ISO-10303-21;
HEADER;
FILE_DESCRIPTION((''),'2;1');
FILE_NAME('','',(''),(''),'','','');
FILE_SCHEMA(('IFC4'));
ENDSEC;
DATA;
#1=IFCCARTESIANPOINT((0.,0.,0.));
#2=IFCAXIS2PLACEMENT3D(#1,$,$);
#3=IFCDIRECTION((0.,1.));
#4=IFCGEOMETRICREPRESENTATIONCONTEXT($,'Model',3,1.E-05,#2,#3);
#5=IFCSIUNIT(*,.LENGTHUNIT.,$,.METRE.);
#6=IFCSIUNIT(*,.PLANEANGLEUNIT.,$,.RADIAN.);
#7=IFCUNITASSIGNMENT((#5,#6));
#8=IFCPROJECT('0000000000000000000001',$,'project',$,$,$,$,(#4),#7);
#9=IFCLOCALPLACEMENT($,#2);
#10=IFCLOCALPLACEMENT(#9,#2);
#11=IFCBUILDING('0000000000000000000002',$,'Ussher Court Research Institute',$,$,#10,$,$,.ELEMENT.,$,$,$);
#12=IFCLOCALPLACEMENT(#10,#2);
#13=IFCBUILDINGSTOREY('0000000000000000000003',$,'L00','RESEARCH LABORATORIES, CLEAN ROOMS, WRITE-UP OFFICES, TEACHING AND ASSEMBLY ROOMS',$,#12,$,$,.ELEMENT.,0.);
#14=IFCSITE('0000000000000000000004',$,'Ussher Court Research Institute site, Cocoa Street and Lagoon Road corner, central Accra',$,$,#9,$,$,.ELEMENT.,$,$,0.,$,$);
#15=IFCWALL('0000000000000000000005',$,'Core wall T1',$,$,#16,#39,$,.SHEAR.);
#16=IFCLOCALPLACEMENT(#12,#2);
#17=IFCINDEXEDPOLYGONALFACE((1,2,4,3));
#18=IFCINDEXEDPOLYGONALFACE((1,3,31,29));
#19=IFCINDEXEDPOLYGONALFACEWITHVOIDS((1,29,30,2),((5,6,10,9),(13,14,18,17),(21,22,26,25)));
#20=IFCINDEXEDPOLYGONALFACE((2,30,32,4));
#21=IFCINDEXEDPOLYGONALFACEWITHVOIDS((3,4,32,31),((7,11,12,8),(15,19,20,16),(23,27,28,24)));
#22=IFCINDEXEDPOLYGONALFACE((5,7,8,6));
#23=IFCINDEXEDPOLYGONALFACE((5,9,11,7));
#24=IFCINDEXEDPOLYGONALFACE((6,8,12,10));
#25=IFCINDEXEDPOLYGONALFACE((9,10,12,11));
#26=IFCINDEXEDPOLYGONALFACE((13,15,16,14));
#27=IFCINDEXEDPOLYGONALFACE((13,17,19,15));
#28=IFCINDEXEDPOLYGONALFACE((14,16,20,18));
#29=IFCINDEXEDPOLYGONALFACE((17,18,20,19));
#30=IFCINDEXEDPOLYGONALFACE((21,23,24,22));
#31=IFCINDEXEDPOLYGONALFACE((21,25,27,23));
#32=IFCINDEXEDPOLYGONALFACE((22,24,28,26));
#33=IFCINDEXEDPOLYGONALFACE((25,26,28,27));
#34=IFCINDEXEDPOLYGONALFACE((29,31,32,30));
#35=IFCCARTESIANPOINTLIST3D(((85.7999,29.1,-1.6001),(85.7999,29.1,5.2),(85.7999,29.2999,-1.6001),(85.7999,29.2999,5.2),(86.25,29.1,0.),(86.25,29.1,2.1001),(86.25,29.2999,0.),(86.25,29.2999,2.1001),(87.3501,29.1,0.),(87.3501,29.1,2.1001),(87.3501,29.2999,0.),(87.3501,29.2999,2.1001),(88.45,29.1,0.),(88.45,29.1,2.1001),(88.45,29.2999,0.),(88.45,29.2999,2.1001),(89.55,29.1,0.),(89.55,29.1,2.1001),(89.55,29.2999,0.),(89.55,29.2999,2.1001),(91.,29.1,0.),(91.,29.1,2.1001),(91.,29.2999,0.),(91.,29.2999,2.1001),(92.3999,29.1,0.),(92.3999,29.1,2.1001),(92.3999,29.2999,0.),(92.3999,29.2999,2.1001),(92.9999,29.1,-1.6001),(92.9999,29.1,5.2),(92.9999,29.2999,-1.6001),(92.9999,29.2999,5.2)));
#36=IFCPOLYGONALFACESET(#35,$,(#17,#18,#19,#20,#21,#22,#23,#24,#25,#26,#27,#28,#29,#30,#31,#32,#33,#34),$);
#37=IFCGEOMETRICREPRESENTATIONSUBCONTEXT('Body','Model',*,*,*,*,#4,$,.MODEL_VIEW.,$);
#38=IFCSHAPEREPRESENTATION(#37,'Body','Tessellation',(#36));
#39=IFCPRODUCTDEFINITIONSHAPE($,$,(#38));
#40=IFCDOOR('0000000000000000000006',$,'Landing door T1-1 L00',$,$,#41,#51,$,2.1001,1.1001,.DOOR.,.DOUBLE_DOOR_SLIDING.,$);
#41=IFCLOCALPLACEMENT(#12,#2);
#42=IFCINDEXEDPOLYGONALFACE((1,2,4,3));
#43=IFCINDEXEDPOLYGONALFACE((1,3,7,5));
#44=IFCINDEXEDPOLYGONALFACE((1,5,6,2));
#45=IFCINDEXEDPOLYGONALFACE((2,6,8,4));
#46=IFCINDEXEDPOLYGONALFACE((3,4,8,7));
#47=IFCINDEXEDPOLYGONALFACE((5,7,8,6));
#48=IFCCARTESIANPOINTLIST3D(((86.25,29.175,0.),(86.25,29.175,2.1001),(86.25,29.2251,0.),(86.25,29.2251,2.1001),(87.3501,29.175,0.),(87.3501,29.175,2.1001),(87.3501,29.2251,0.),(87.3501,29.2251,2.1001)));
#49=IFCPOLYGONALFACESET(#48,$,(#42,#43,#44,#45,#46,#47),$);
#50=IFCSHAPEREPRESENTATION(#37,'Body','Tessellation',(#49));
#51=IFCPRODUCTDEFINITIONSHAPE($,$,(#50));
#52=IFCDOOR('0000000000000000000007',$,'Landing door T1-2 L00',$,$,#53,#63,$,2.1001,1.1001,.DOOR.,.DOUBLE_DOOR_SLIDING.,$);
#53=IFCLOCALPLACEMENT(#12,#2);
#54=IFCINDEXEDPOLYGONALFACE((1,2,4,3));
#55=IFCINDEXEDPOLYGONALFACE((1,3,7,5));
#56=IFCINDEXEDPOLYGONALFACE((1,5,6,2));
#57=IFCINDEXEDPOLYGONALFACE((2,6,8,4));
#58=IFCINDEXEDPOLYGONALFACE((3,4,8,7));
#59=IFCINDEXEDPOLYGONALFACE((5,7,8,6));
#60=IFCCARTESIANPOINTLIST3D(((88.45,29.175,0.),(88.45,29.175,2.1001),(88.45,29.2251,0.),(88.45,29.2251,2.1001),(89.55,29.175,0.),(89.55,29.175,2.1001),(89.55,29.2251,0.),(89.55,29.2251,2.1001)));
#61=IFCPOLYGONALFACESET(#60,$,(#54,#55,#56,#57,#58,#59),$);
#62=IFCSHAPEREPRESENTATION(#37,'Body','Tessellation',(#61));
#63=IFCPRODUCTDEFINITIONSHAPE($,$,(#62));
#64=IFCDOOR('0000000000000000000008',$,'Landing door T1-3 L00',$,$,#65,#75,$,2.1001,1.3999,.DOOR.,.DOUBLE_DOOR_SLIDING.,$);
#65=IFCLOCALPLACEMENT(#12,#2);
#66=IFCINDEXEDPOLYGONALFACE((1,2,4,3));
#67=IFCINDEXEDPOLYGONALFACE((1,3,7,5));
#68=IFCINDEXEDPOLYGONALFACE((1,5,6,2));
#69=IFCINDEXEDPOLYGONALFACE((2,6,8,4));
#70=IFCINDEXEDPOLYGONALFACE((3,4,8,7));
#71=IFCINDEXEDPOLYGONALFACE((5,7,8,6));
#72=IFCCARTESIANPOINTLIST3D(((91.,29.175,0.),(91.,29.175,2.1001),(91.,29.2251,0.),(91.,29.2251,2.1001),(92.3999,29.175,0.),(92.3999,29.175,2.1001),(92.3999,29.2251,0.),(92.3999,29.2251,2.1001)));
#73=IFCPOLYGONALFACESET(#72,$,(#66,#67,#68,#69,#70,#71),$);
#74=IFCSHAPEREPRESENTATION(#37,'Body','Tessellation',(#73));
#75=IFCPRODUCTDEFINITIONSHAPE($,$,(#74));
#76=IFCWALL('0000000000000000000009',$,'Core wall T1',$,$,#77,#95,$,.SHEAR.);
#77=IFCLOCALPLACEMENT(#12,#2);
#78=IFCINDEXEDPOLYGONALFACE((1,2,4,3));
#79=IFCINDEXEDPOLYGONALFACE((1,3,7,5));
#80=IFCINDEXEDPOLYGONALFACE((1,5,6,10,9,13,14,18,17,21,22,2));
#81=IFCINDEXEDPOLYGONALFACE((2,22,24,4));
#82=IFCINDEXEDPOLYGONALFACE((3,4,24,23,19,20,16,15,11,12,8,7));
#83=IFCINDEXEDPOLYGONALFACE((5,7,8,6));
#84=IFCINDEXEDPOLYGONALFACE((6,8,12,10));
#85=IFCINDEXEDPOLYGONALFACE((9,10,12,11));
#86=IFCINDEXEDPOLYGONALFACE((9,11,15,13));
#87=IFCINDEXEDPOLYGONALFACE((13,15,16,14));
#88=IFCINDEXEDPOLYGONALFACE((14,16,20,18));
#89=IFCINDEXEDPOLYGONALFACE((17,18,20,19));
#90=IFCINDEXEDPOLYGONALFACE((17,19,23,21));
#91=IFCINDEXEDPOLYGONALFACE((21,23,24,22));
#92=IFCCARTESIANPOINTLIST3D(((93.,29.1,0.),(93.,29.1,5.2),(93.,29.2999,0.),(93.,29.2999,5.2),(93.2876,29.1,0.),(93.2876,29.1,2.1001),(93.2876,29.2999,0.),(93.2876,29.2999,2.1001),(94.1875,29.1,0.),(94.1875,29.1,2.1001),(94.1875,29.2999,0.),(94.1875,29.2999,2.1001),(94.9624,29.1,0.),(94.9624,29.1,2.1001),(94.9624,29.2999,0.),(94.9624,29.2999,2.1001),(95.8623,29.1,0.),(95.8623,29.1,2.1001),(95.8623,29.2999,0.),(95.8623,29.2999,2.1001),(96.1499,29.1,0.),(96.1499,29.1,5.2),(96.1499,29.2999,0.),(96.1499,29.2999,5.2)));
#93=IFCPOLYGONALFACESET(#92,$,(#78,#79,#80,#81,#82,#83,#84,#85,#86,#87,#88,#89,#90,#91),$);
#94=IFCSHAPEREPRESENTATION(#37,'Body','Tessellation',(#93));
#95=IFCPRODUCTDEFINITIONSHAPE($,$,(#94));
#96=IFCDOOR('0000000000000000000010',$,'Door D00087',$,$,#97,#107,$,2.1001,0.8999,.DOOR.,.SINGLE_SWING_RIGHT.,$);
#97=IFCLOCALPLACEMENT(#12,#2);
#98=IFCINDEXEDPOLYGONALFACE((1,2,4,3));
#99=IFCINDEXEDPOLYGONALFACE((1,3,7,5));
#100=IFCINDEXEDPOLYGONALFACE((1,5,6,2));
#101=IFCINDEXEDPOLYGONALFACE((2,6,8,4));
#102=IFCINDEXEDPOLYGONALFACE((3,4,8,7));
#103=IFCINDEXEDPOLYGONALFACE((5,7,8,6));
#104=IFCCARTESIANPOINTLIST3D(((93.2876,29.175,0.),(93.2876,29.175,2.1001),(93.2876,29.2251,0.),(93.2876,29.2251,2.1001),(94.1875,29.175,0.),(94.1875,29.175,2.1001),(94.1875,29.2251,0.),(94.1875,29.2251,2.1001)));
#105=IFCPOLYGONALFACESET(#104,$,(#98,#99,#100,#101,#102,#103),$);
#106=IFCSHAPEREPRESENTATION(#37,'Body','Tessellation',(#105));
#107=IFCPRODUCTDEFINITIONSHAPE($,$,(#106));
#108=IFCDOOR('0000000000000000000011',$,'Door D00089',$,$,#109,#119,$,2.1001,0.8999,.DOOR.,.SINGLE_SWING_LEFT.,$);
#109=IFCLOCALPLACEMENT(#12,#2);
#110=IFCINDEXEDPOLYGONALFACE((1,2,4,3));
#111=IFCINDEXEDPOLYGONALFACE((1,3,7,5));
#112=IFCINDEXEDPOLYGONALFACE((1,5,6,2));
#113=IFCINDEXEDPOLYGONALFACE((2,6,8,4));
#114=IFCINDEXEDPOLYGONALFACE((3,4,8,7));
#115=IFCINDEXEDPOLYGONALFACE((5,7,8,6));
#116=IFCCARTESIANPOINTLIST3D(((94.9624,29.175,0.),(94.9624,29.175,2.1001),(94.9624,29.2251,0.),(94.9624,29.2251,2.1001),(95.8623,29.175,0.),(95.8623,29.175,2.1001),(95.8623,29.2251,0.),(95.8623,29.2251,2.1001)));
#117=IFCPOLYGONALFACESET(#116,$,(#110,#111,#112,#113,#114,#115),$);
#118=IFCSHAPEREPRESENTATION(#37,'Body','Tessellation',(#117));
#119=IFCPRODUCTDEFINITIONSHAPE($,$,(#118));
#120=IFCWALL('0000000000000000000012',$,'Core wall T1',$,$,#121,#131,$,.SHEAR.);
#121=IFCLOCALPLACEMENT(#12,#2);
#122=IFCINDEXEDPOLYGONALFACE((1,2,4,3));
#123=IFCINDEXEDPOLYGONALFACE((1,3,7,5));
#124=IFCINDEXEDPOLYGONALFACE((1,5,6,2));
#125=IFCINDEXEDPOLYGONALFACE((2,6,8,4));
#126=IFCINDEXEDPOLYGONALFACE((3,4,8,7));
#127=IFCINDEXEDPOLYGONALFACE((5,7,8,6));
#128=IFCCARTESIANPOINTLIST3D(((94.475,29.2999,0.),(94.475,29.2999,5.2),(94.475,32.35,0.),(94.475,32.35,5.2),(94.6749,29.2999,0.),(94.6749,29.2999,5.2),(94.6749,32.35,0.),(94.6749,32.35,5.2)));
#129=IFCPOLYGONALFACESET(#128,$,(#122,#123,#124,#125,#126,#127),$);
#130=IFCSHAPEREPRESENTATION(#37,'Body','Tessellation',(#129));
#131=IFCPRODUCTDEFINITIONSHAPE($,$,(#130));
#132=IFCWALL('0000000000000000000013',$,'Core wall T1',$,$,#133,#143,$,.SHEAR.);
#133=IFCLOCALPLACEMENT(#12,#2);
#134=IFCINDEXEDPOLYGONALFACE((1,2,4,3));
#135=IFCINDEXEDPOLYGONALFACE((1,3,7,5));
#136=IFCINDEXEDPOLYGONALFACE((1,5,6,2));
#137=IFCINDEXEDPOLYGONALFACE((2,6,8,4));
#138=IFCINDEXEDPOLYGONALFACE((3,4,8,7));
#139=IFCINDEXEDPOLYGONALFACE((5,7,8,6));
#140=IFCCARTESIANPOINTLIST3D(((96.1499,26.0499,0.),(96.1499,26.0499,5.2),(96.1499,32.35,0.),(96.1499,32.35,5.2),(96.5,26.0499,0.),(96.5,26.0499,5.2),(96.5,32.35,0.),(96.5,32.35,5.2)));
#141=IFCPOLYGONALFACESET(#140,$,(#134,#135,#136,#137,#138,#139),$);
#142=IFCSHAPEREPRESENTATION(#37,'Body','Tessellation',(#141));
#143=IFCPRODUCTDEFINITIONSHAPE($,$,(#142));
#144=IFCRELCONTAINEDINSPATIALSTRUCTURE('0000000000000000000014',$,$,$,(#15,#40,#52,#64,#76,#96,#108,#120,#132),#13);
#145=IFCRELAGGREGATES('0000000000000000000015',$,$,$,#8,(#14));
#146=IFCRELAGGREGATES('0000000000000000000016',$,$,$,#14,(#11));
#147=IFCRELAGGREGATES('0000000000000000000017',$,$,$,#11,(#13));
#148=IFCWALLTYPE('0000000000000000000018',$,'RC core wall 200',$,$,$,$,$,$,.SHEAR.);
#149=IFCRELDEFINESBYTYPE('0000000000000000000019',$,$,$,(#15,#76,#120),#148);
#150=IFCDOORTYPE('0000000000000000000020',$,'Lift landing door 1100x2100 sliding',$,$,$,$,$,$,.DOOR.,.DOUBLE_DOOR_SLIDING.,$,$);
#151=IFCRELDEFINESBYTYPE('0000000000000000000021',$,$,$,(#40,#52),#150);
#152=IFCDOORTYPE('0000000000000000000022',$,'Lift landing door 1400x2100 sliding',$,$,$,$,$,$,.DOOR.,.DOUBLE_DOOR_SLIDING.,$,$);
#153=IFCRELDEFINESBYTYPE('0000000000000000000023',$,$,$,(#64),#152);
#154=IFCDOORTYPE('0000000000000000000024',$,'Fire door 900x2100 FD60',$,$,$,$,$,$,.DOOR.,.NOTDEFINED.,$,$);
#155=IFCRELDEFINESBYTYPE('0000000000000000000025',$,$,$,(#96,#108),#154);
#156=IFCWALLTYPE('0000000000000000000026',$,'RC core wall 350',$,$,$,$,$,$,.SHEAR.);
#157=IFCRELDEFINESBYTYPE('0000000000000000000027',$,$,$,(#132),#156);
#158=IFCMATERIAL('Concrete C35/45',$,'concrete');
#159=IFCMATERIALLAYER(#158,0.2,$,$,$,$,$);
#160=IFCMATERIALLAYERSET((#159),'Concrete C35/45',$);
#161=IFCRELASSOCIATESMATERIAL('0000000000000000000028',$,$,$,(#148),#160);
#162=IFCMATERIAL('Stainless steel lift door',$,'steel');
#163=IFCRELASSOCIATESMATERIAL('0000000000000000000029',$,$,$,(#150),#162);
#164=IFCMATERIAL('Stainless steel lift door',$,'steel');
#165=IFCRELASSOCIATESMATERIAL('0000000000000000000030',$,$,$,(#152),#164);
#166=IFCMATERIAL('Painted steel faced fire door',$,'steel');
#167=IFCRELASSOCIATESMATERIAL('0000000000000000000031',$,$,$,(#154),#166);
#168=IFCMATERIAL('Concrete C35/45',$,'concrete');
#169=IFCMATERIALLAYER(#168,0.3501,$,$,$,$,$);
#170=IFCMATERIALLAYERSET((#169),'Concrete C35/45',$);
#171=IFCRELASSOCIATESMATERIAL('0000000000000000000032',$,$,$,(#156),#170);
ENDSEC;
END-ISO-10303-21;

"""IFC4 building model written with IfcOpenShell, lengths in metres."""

from ifc_helpers import new_model, si_unit, direction, frame, frame_2d, origin, place, context, subcontext, project, spatial, rectangle, extrude, material, layer, layer_set, type_object, element, fill, save


model = new_model("IFC4")

# Units and contexts
model_context = context("Model", 3, precision=1e-05, world=origin(), true_north=direction((0.0, 1.0)))
body_context = subcontext(model_context, "Body", "Model", "MODEL_VIEW")
ifc_project = project(units=[si_unit("LENGTHUNIT", "METRE"), si_unit("PLANEANGLEUNIT", "RADIAN")], contexts=[model_context])

# Site, building, storey
site_placement = place(None, origin())
site = spatial("IfcSite", under=ifc_project, at=site_placement, Name="Ussher Court Research Institute site, Cocoa Street and Lagoon Road corner, central Accra", CompositionType="ELEMENT", RefElevation=0.0)
building_placement = place(site_placement, origin())
building = spatial("IfcBuilding", under=site, at=building_placement, Name="Ussher Court Research Institute", CompositionType="ELEMENT")
storey_placement = place(building_placement, origin())
storey = spatial("IfcBuildingStorey", under=building, at=storey_placement, Name="L00", Description="RESEARCH LABORATORIES, CLEAN ROOMS, WRITE-UP OFFICES, TEACHING AND ASSEMBLY ROOMS", CompositionType="ELEMENT", Elevation=0.0)

# Walls, openings, doors
ifc_material_1 = material(Name="Concrete C35/45", Category="concrete")
ifc_layer_1 = layer(ifc_material_1, 0.2)
ifc_layer_set_1 = layer_set([ifc_layer_1], Name="Concrete C35/45")
wall_type_1 = type_object("IfcWallType", Name="RC core wall 200", PredefinedType="SHEAR", material=ifc_layer_set_1)
wall_1_placement = place(storey_placement, frame((93.0, 29.2, -1.6001), z_axis=(0.0, 0.0, 1.0), x_axis=(-1.0, 0.0, 0.0)))
wall_1 = element("IfcWall", 1, at=wall_1_placement, inside=storey, type_object=wall_type_1, Name="Core wall T1", PredefinedType="SHEAR", context=body_context, shape_type="SweptSolid", body=[
    extrude(rectangle(XDim=7.2, YDim=0.2, at=frame_2d((3.6001, 0.0))), origin(), (0.0, 0.0, 1.0), 6.8),
])
opening_1_placement = place(wall_1_placement, frame((5.6499, 0.0, 1.6001)))
opening_1 = element("IfcOpeningElement", 2, at=opening_1_placement, cuts=wall_1, PredefinedType="OPENING", context=body_context, shape_type="SweptSolid", body=[
    extrude(rectangle(XDim=1.1001, YDim=2.1001, at=frame_2d((0.55, 1.05))), frame((0.0, 0.1099, 0.0), z_axis=(0.0, -1.0, 0.0), x_axis=(1.0, 0.0, 0.0)), (0.0, 0.0, 1.0), 0.22),
])
opening_2_placement = place(wall_1_placement, frame((3.45, 0.0, 1.6001)))
opening_2 = element("IfcOpeningElement", 3, at=opening_2_placement, cuts=wall_1, PredefinedType="OPENING", context=body_context, shape_type="SweptSolid", body=[
    extrude(rectangle(XDim=1.1001, YDim=2.1001, at=frame_2d((0.55, 1.05))), frame((0.0, 0.1099, 0.0), z_axis=(0.0, -1.0, 0.0), x_axis=(1.0, 0.0, 0.0)), (0.0, 0.0, 1.0), 0.22),
])
opening_3_placement = place(wall_1_placement, frame((0.6001, 0.0, 1.6001)))
opening_3 = element("IfcOpeningElement", 4, at=opening_3_placement, cuts=wall_1, PredefinedType="OPENING", context=body_context, shape_type="SweptSolid", body=[
    extrude(rectangle(XDim=1.3999, YDim=2.1001, at=frame_2d((0.7, 1.05))), frame((0.0, 0.1099, 0.0), z_axis=(0.0, -1.0, 0.0), x_axis=(1.0, 0.0, 0.0)), (0.0, 0.0, 1.0), 0.22),
])
ifc_material_2 = material(Name="Stainless steel lift door", Category="steel")
door_type_1 = type_object("IfcDoorType", Name="Lift landing door 1100x2100 sliding", OperationType="DOUBLE_DOOR_SLIDING", PredefinedType="DOOR", material=ifc_material_2)
door_1_placement = place(opening_1_placement, origin())
door_1 = element("IfcDoor", 5, at=door_1_placement, inside=storey, type_object=door_type_1, Name="Landing door T1-1 L00", OperationType="DOUBLE_DOOR_SLIDING", OverallHeight=2.1001, OverallWidth=1.1001, PredefinedType="DOOR", context=body_context, shape_type="SweptSolid", body=[
    extrude(rectangle(XDim=1.1001, YDim=2.1001, at=frame_2d((0.55, 1.05))), frame((0.0, 0.0249, 0.0), z_axis=(0.0, -1.0, 0.0), x_axis=(1.0, 0.0, 0.0)), (0.0, 0.0, 1.0), 0.05),
])
fill(opening_1, door_1)
door_2_placement = place(opening_2_placement, origin())
door_2 = element("IfcDoor", 6, at=door_2_placement, inside=storey, type_object=door_type_1, Name="Landing door T1-2 L00", OperationType="DOUBLE_DOOR_SLIDING", OverallHeight=2.1001, OverallWidth=1.1001, PredefinedType="DOOR", context=body_context, shape_type="SweptSolid", body=[
    extrude(rectangle(XDim=1.1001, YDim=2.1001, at=frame_2d((0.55, 1.05))), frame((0.0, 0.0249, 0.0), z_axis=(0.0, -1.0, 0.0), x_axis=(1.0, 0.0, 0.0)), (0.0, 0.0, 1.0), 0.05),
])
fill(opening_2, door_2)
ifc_material_3 = material(Name="Stainless steel lift door", Category="steel")
door_type_2 = type_object("IfcDoorType", Name="Lift landing door 1400x2100 sliding", OperationType="DOUBLE_DOOR_SLIDING", PredefinedType="DOOR", material=ifc_material_3)
door_3_placement = place(opening_3_placement, origin())
door_3 = element("IfcDoor", 7, at=door_3_placement, inside=storey, type_object=door_type_2, Name="Landing door T1-3 L00", OperationType="DOUBLE_DOOR_SLIDING", OverallHeight=2.1001, OverallWidth=1.3999, PredefinedType="DOOR", context=body_context, shape_type="SweptSolid", body=[
    extrude(rectangle(XDim=1.3999, YDim=2.1001, at=frame_2d((0.7, 1.05))), frame((0.0, 0.0249, 0.0), z_axis=(0.0, -1.0, 0.0), x_axis=(1.0, 0.0, 0.0)), (0.0, 0.0, 1.0), 0.05),
])
fill(opening_3, door_3)
wall_2_placement = place(storey_placement, frame((96.1499, 29.2, 0.0), z_axis=(0.0, 0.0, 1.0), x_axis=(-1.0, 0.0, 0.0)))
wall_2 = element("IfcWall", 8, at=wall_2_placement, inside=storey, type_object=wall_type_1, Name="Core wall T1", PredefinedType="SHEAR", context=body_context, shape_type="SweptSolid", body=[
    extrude(rectangle(XDim=3.1499, YDim=0.2, at=frame_2d((1.575, 0.0))), origin(), (0.0, 0.0, 1.0), 5.2),
])
opening_4_placement = place(wall_2_placement, frame((1.9624, 0.0, 0.0)))
opening_4 = element("IfcOpeningElement", 9, at=opening_4_placement, cuts=wall_2, PredefinedType="OPENING", context=body_context, shape_type="SweptSolid", body=[
    extrude(rectangle(XDim=0.8999, YDim=2.1001, at=frame_2d((0.45, 1.05))), frame((0.0, 0.1099, 0.0), z_axis=(0.0, -1.0, 0.0), x_axis=(1.0, 0.0, 0.0)), (0.0, 0.0, 1.0), 0.22),
])
opening_5_placement = place(wall_2_placement, frame((0.2876, 0.0, 0.0)))
opening_5 = element("IfcOpeningElement", 10, at=opening_5_placement, cuts=wall_2, PredefinedType="OPENING", context=body_context, shape_type="SweptSolid", body=[
    extrude(rectangle(XDim=0.8999, YDim=2.1001, at=frame_2d((0.45, 1.05))), frame((0.0, 0.1099, 0.0), z_axis=(0.0, -1.0, 0.0), x_axis=(1.0, 0.0, 0.0)), (0.0, 0.0, 1.0), 0.22),
])
ifc_material_4 = material(Name="Painted steel faced fire door", Category="steel")
door_type_3 = type_object("IfcDoorType", Name="Fire door 900x2100 FD60", OperationType="NOTDEFINED", PredefinedType="DOOR", material=ifc_material_4)
door_4_placement = place(opening_4_placement, origin())
door_4 = element("IfcDoor", 11, at=door_4_placement, inside=storey, type_object=door_type_3, Name="Door D00087", OperationType="SINGLE_SWING_RIGHT", OverallHeight=2.1001, OverallWidth=0.8999, PredefinedType="DOOR", context=body_context, shape_type="SweptSolid", body=[
    extrude(rectangle(XDim=0.8999, YDim=2.1001, at=frame_2d((0.45, 1.05))), frame((0.0, 0.0249, 0.0), z_axis=(0.0, -1.0, 0.0), x_axis=(1.0, 0.0, 0.0)), (0.0, 0.0, 1.0), 0.05),
])
fill(opening_4, door_4)
door_5_placement = place(opening_5_placement, origin())
door_5 = element("IfcDoor", 12, at=door_5_placement, inside=storey, type_object=door_type_3, Name="Door D00089", OperationType="SINGLE_SWING_LEFT", OverallHeight=2.1001, OverallWidth=0.8999, PredefinedType="DOOR", context=body_context, shape_type="SweptSolid", body=[
    extrude(rectangle(XDim=0.8999, YDim=2.1001, at=frame_2d((0.45, 1.05))), frame((0.0, 0.0249, 0.0), z_axis=(0.0, -1.0, 0.0), x_axis=(1.0, 0.0, 0.0)), (0.0, 0.0, 1.0), 0.05),
])
fill(opening_5, door_5)

# Walls
wall_3_placement = place(storey_placement, frame((94.575, 29.3, 0.0), z_axis=(0.0, 0.0, 1.0), x_axis=(0.0, 1.0, 0.0)))
element("IfcWall", 13, at=wall_3_placement, inside=storey, type_object=wall_type_1, Name="Core wall T1", PredefinedType="SHEAR", context=body_context, shape_type="SweptSolid", body=[
    extrude(rectangle(XDim=3.05, YDim=0.2, at=frame_2d((1.5249, 0.0))), origin(), (0.0, 0.0, 1.0), 5.2),
])
ifc_material_5 = material(Name="Concrete C35/45", Category="concrete")
ifc_layer_2 = layer(ifc_material_5, 0.3501)
ifc_layer_set_2 = layer_set([ifc_layer_2], Name="Concrete C35/45")
wall_type_2 = type_object("IfcWallType", Name="RC core wall 350", PredefinedType="SHEAR", material=ifc_layer_set_2)
wall_4_placement = place(storey_placement, frame((96.325, 26.05, 0.0), z_axis=(0.0, 0.0, 1.0), x_axis=(0.0, 1.0, 0.0)))
element("IfcWall", 14, at=wall_4_placement, inside=storey, type_object=wall_type_2, Name="Core wall T1", PredefinedType="SHEAR", context=body_context, shape_type="SweptSolid", body=[
    extrude(rectangle(XDim=6.3, YDim=0.3501, at=frame_2d((3.1499, 0.0))), origin(), (0.0, 0.0, 1.0), 5.2),
])

save(model, "model.ifc")
